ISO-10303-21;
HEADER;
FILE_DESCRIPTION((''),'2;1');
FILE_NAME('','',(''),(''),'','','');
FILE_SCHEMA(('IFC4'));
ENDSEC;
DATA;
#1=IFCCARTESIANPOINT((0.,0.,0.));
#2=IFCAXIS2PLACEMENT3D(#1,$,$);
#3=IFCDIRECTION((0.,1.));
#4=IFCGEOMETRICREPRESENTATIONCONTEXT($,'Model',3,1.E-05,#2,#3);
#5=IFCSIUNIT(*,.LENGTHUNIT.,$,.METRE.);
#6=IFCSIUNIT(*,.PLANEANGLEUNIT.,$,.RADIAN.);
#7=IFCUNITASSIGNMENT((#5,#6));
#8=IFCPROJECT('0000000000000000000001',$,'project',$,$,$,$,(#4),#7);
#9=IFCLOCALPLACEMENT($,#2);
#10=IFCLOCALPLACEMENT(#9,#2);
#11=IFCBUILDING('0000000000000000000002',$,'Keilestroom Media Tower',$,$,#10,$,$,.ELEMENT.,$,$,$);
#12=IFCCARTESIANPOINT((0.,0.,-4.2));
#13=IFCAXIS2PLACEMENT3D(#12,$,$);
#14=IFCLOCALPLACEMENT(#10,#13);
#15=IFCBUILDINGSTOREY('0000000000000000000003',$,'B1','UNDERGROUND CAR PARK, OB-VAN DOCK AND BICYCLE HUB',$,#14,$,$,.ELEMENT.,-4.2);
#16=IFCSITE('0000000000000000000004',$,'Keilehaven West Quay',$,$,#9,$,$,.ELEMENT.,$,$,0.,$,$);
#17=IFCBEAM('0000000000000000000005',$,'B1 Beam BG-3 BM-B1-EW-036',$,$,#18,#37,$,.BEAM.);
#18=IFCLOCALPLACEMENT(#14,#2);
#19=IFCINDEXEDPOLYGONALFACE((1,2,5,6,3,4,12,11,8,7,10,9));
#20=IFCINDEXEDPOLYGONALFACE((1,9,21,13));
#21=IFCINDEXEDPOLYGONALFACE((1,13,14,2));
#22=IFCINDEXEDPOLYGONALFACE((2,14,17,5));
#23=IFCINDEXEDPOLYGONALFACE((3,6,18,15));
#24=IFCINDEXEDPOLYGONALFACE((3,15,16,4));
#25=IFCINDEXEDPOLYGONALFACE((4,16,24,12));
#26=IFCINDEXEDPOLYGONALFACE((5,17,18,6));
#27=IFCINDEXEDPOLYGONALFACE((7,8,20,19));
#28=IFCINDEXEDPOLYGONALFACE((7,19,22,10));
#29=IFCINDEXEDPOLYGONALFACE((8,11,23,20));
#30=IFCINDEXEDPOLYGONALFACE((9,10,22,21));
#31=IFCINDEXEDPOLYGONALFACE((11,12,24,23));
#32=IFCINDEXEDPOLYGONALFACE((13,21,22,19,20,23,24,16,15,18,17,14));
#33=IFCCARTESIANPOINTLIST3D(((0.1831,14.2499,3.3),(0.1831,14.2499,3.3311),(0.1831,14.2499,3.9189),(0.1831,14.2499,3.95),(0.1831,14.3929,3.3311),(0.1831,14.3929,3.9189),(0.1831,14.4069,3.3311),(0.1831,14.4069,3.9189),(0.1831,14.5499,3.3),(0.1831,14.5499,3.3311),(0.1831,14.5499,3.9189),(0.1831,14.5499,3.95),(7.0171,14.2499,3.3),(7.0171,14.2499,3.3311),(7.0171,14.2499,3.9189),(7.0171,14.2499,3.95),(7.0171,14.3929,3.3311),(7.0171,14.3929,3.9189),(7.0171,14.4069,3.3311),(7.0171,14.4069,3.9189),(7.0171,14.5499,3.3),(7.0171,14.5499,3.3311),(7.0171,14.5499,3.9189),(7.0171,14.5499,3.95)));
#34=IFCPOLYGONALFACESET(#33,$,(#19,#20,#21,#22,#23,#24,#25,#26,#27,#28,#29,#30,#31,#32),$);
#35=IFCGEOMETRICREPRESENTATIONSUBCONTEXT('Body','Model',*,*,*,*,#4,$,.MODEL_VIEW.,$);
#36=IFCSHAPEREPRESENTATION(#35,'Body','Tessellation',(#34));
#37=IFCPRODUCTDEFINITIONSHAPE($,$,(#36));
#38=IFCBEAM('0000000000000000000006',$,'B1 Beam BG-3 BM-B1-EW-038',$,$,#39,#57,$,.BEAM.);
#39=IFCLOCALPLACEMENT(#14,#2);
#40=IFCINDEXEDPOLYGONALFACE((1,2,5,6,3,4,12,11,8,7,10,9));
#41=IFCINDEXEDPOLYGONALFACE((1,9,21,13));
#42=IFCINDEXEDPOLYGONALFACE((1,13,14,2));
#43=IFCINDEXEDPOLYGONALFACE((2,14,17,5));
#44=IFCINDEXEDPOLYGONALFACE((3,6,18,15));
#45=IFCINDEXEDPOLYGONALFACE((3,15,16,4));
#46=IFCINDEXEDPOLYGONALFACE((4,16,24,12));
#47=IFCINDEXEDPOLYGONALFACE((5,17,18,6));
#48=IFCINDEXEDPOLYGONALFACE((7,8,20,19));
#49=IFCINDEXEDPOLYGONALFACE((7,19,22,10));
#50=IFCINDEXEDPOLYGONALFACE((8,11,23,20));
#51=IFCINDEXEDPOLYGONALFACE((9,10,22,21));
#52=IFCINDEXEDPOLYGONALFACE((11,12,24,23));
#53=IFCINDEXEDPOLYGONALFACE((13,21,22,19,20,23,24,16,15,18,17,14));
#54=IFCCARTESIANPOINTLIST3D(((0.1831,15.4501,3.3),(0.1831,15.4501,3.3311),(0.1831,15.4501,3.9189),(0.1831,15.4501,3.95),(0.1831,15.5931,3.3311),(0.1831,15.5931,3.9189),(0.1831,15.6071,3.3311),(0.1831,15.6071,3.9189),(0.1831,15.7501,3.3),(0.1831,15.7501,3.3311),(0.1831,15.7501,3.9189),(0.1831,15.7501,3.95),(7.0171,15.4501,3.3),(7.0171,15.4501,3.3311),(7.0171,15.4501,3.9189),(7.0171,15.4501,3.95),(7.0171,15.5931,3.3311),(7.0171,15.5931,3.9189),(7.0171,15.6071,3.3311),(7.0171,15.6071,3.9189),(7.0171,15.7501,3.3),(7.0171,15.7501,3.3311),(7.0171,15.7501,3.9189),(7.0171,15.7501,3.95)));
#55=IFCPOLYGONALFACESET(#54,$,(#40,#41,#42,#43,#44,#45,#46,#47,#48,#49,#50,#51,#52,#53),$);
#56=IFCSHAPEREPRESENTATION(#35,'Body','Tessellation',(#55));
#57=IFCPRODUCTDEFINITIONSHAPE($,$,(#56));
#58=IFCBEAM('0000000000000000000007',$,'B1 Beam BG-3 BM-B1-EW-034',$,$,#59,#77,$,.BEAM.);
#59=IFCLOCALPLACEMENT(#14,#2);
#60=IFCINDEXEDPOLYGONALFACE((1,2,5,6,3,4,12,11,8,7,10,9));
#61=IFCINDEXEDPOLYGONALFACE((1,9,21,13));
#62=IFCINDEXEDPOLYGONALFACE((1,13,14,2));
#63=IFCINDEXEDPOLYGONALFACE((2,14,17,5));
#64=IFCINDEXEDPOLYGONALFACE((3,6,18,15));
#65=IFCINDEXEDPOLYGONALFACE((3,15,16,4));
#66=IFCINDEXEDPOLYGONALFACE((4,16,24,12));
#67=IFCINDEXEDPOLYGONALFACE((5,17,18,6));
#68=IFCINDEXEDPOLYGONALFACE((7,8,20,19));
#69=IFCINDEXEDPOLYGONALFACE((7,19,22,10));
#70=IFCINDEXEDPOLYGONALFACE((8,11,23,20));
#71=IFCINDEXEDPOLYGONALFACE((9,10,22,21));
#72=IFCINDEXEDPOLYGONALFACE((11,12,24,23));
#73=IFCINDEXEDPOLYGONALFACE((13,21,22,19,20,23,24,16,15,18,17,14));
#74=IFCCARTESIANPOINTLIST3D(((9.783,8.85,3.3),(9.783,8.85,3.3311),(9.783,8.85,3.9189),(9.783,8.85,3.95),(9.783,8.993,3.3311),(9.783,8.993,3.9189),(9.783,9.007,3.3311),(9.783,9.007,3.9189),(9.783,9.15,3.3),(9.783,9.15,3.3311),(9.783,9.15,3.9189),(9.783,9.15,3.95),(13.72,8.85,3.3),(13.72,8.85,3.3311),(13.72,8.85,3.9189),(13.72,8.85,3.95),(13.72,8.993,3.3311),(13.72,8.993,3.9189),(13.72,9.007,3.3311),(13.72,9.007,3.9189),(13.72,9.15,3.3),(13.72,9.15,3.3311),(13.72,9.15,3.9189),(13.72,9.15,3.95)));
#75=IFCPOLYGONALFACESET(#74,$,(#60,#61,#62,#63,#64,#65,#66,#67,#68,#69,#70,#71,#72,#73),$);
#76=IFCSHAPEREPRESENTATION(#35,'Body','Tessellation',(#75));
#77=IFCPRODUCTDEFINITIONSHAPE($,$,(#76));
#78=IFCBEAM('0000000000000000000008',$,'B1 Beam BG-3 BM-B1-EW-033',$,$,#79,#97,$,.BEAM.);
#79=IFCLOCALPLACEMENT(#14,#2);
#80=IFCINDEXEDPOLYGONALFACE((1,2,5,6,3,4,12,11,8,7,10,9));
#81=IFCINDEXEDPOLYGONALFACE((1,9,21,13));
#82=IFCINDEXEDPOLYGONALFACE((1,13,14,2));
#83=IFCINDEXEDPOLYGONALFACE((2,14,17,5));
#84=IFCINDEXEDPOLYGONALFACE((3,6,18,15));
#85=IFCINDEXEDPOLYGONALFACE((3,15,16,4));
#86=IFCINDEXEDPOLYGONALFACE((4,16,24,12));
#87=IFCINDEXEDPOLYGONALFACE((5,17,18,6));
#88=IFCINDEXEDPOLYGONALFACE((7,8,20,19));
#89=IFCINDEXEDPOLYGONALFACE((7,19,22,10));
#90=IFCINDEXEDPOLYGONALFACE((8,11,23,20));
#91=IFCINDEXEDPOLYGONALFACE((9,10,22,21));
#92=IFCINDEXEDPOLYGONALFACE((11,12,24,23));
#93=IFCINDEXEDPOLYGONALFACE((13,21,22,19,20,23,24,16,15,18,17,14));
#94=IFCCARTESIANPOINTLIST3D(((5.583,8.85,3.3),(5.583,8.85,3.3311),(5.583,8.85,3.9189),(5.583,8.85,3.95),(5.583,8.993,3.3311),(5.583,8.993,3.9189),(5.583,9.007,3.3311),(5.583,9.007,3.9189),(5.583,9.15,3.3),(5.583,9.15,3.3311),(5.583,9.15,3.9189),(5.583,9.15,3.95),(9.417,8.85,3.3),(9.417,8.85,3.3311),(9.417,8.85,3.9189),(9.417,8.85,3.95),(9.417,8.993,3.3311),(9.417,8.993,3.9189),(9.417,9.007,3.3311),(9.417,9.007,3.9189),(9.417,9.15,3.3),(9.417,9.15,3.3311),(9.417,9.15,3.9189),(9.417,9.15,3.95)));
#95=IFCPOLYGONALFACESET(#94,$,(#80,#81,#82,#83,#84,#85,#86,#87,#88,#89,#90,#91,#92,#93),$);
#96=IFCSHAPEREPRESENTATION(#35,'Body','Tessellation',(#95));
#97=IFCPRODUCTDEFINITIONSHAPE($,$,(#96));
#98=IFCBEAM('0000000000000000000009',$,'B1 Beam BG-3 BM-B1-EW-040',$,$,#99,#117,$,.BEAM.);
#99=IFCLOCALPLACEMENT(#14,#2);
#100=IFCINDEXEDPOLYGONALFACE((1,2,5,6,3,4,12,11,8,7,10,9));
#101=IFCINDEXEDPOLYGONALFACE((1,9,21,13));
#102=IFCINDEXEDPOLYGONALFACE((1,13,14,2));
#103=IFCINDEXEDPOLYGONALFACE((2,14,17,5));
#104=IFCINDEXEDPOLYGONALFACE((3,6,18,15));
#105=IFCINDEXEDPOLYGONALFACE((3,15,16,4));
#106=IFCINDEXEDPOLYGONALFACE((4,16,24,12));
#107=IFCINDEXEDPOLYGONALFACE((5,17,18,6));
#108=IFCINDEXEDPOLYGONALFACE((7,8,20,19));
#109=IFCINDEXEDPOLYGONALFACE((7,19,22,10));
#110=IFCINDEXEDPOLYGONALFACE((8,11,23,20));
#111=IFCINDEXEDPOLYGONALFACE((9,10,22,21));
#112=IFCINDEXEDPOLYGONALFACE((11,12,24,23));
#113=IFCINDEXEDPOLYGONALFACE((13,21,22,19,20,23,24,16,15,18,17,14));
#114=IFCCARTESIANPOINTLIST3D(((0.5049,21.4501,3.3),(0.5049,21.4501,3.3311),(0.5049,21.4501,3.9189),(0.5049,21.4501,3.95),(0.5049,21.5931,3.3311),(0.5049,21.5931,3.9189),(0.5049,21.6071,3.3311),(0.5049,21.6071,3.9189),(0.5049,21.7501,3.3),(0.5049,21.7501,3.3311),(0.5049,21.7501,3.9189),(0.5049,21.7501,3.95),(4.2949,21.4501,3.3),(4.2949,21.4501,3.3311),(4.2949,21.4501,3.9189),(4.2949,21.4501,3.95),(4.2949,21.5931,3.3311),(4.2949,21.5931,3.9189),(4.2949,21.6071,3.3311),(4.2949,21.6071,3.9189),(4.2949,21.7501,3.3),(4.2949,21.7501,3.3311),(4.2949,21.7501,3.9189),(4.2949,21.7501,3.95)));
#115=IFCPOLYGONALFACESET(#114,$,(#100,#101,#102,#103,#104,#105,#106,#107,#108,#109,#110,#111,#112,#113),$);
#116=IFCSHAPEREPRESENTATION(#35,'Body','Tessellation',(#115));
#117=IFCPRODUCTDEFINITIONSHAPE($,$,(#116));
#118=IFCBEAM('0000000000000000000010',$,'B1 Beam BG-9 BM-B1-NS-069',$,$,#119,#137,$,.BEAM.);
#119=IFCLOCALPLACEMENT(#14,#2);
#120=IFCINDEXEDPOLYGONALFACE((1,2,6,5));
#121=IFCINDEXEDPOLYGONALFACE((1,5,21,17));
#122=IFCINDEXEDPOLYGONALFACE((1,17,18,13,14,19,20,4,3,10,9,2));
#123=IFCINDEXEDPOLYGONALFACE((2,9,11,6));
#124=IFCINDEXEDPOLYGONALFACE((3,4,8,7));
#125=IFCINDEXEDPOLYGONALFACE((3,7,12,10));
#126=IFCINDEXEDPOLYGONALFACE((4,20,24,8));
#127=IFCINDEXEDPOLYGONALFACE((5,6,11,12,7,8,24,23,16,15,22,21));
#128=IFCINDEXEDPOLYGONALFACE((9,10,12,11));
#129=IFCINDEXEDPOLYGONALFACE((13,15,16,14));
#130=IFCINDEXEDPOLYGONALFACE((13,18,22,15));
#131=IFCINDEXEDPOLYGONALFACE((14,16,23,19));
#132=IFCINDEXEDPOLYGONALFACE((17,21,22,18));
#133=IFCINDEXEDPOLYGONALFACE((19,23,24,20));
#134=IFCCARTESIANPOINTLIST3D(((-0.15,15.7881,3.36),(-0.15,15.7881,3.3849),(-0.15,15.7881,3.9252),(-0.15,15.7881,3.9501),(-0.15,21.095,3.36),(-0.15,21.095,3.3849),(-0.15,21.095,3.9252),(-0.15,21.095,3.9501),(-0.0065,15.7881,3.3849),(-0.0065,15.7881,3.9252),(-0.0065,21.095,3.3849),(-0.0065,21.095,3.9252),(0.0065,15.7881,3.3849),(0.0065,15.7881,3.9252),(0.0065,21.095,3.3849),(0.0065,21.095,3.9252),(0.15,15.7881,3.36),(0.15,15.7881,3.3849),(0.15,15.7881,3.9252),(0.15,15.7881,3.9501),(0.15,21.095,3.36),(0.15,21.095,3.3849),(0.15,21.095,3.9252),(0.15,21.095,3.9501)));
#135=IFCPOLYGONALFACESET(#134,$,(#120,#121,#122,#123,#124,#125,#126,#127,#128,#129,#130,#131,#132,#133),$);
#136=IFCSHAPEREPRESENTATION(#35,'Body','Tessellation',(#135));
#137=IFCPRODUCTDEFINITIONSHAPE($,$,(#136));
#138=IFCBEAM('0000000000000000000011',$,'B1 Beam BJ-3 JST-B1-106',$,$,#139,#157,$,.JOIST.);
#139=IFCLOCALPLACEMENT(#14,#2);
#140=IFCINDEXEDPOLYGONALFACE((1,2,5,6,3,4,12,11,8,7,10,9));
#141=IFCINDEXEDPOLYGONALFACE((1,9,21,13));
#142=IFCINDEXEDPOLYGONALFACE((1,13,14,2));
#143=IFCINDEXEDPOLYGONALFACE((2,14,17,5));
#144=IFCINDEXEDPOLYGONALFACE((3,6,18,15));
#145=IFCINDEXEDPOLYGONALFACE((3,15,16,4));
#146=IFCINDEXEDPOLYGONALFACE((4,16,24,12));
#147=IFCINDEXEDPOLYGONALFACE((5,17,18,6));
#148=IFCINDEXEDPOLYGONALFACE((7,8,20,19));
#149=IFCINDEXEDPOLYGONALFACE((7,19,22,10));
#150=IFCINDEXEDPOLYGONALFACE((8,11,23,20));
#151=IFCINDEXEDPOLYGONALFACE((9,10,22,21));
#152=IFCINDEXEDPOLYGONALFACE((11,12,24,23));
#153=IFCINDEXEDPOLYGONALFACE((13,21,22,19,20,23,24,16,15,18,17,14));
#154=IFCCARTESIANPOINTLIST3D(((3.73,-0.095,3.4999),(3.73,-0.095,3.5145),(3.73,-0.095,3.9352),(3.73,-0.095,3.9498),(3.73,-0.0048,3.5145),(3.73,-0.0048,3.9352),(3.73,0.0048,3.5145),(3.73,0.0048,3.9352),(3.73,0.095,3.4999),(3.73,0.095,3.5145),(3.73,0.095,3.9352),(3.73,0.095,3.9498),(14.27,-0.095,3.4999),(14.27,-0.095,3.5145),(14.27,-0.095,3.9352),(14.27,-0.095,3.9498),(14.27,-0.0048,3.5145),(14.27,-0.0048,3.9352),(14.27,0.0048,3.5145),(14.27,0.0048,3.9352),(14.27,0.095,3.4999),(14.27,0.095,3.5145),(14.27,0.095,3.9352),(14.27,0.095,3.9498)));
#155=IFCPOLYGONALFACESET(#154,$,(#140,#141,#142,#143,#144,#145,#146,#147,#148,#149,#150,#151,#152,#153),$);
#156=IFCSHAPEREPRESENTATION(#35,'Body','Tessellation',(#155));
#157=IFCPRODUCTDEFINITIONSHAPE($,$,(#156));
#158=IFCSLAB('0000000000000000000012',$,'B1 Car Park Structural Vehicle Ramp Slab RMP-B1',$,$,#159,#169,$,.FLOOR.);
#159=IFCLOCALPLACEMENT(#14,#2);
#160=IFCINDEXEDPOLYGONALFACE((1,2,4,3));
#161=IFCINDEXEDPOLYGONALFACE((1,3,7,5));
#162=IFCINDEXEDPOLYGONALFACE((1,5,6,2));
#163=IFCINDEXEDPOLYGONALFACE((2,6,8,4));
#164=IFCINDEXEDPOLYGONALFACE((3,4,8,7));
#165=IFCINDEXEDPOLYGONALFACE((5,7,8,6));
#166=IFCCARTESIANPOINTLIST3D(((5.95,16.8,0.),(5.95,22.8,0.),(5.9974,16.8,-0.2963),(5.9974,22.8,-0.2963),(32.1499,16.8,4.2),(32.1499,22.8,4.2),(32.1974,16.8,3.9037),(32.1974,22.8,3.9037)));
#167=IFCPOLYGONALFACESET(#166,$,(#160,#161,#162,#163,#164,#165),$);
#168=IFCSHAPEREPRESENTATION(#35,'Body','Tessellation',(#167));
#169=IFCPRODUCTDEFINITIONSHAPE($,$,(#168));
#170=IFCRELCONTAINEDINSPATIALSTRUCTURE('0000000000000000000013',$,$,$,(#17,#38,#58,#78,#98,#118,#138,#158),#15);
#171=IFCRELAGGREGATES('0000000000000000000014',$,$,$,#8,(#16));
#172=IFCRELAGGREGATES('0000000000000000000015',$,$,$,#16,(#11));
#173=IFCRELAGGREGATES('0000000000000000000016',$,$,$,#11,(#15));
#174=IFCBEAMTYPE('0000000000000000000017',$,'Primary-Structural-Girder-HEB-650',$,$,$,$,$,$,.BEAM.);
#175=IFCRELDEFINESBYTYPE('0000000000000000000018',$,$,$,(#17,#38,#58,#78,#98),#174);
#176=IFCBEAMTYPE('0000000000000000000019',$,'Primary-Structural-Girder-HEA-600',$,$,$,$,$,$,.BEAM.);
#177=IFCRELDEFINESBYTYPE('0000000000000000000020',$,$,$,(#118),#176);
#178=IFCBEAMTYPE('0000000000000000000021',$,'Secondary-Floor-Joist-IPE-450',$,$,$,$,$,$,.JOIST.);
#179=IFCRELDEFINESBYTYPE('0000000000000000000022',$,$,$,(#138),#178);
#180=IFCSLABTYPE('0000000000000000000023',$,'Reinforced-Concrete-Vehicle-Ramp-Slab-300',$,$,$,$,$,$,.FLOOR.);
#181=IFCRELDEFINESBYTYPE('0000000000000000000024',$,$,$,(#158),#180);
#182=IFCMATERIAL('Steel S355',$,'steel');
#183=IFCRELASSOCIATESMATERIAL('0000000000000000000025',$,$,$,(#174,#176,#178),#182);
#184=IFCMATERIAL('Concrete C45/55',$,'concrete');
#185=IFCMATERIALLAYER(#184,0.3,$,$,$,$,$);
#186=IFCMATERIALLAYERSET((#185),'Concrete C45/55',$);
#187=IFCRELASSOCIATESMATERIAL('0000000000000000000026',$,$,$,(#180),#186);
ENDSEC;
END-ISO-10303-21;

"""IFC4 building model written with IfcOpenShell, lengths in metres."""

from ifc_helpers import new_model, si_unit, direction, frame, origin, origin_2d, place, context, subcontext, project, spatial, polyline, i_section, outline, extrude, source, transform, mapped, material, layer, layer_set, material_profile, profile_set, type_object, element, save


model = new_model("IFC4")

# Units and contexts
model_context = context("Model", 3, precision=1e-05, world=origin(), true_north=direction((0.0, 1.0)))
body_context = subcontext(model_context, "Body", "Model", "MODEL_VIEW")
ifc_project = project(units=[si_unit("LENGTHUNIT", "METRE"), si_unit("PLANEANGLEUNIT", "RADIAN")], contexts=[model_context])

# Site, building, storey
site_placement = place(None, origin())
site = spatial("IfcSite", under=ifc_project, at=site_placement, Name="Keilehaven West Quay", CompositionType="ELEMENT", RefElevation=0.0)
building_placement = place(site_placement, origin())
building = spatial("IfcBuilding", under=site, at=building_placement, Name="Keilestroom Media Tower", CompositionType="ELEMENT")
storey_placement = place(building_placement, frame((0.0, 0.0, -4.2)))
storey = spatial("IfcBuildingStorey", under=building, at=storey_placement, Name="B1", Description="UNDERGROUND CAR PARK, OB-VAN DOCK AND BICYCLE HUB", CompositionType="ELEMENT", Elevation=-4.2)

# Beams
ifc_material_1 = material(Name="Steel S355", Category="steel")
ifc_material_profile_1 = material_profile(ifc_material_1, i_section(OverallWidth=0.3, OverallDepth=0.6499, WebThickness=0.0139, FlangeThickness=0.031, at=origin_2d()), Name="HEB 650")
ifc_profile_set_1 = profile_set([ifc_material_profile_1], Name="Steel S355")
beam_type_1 = type_object("IfcBeamType", Name="Primary-Structural-Girder-HEB-650", PredefinedType="BEAM", material=ifc_profile_set_1)
shared_shape_1 = source(origin(), body_context, "Body", "SweptSolid", [
    extrude(i_section(OverallWidth=0.3, OverallDepth=0.6499, WebThickness=0.0139, FlangeThickness=0.031, at=origin_2d()), origin(), (0.0, 0.0, 1.0), 6.834),
])
for number, where, z_axis, x_axis, name in (
    (1, (0.1831, 14.3999, 3.625), (1.0, 0.0, 0.0), (0.0, 1.0, 0.0), "B1 Beam BG-3 BM-B1-EW-036"),
    (2, (0.1831, 15.6001, 3.625), (1.0, 0.0, 0.0), (0.0, 1.0, 0.0), "B1 Beam BG-3 BM-B1-EW-038"),
):
    element("IfcBeam", number, at=place(storey_placement, frame(where, z_axis=z_axis, x_axis=x_axis)), inside=storey, type_object=beam_type_1, Name=name, PredefinedType="BEAM", context=body_context, shape_type="MappedRepresentation", body=[
        mapped(shared_shape_1, transform((0.0, 0.0, 0.0), x_axis=(1.0, 0.0, 0.0), y_axis=(0.0, 1.0, 0.0), z_axis=(0.0, 0.0, 1.0), scale=1.0)),
    ])
shared_shape_2 = source(origin(), body_context, "Body", "SweptSolid", [
    extrude(i_section(OverallWidth=0.3, OverallDepth=0.6499, WebThickness=0.0139, FlangeThickness=0.031, at=origin_2d()), origin(), (0.0, 0.0, 1.0), 3.937),
])
beam_1_placement = place(storey_placement, frame((9.783, 9.0, 3.625), z_axis=(1.0, 0.0, 0.0), x_axis=(0.0, 1.0, 0.0)))
element("IfcBeam", 3, at=beam_1_placement, inside=storey, type_object=beam_type_1, Name="B1 Beam BG-3 BM-B1-EW-034", PredefinedType="BEAM", context=body_context, shape_type="MappedRepresentation", body=[
    mapped(shared_shape_2, transform((0.0, 0.0, 0.0), x_axis=(1.0, 0.0, 0.0), y_axis=(0.0, 1.0, 0.0), z_axis=(0.0, 0.0, 1.0), scale=1.0)),
])
shared_shape_3 = source(origin(), body_context, "Body", "SweptSolid", [
    extrude(i_section(OverallWidth=0.3, OverallDepth=0.6499, WebThickness=0.0139, FlangeThickness=0.031, at=origin_2d()), origin(), (0.0, 0.0, 1.0), 3.834),
])
beam_2_placement = place(storey_placement, frame((5.583, 9.0, 3.625), z_axis=(1.0, 0.0, 0.0), x_axis=(0.0, 1.0, 0.0)))
element("IfcBeam", 4, at=beam_2_placement, inside=storey, type_object=beam_type_1, Name="B1 Beam BG-3 BM-B1-EW-033", PredefinedType="BEAM", context=body_context, shape_type="MappedRepresentation", body=[
    mapped(shared_shape_3, transform((0.0, 0.0, 0.0), x_axis=(1.0, 0.0, 0.0), y_axis=(0.0, 1.0, 0.0), z_axis=(0.0, 0.0, 1.0), scale=1.0)),
])
shared_shape_4 = source(origin(), body_context, "Body", "SweptSolid", [
    extrude(i_section(OverallWidth=0.3, OverallDepth=0.6499, WebThickness=0.0139, FlangeThickness=0.031, at=origin_2d()), origin(), (0.0, 0.0, 1.0), 3.79),
])
beam_3_placement = place(storey_placement, frame((0.5049, 21.6001, 3.625), z_axis=(1.0, 0.0, 0.0), x_axis=(0.0, 1.0, 0.0)))
element("IfcBeam", 5, at=beam_3_placement, inside=storey, type_object=beam_type_1, Name="B1 Beam BG-3 BM-B1-EW-040", PredefinedType="BEAM", context=body_context, shape_type="MappedRepresentation", body=[
    mapped(shared_shape_4, transform((0.0, 0.0, 0.0), x_axis=(1.0, 0.0, 0.0), y_axis=(0.0, 1.0, 0.0), z_axis=(0.0, 0.0, 1.0), scale=1.0)),
])
ifc_material_profile_2 = material_profile(ifc_material_1, i_section(OverallWidth=0.3, OverallDepth=0.5901, WebThickness=0.0129, FlangeThickness=0.0249, at=origin_2d()), Name="HEA 600")
ifc_profile_set_2 = profile_set([ifc_material_profile_2], Name="Steel S355")
beam_type_2 = type_object("IfcBeamType", Name="Primary-Structural-Girder-HEA-600", PredefinedType="BEAM", material=ifc_profile_set_2)
shared_shape_5 = source(origin(), body_context, "Body", "SweptSolid", [
    extrude(i_section(OverallWidth=0.3, OverallDepth=0.5901, WebThickness=0.0129, FlangeThickness=0.0249, at=origin_2d()), origin(), (0.0, 0.0, 1.0), 5.3069),
])
beam_4_placement = place(storey_placement, frame((0.0, 15.7881, 3.655), z_axis=(0.0, 1.0, 0.0), x_axis=(-1.0, 0.0, 0.0)))
element("IfcBeam", 6, at=beam_4_placement, inside=storey, type_object=beam_type_2, Name="B1 Beam BG-9 BM-B1-NS-069", PredefinedType="BEAM", context=body_context, shape_type="MappedRepresentation", body=[
    mapped(shared_shape_5, transform((0.0, 0.0, 0.0), x_axis=(1.0, 0.0, 0.0), y_axis=(0.0, 1.0, 0.0), z_axis=(0.0, 0.0, 1.0), scale=1.0)),
])
ifc_material_profile_3 = material_profile(ifc_material_1, i_section(OverallWidth=0.1899, OverallDepth=0.45, WebThickness=0.0095, FlangeThickness=0.0146, at=origin_2d()), Name="IPE 450")
ifc_profile_set_3 = profile_set([ifc_material_profile_3], Name="Steel S355")
beam_type_3 = type_object("IfcBeamType", Name="Secondary-Floor-Joist-IPE-450", PredefinedType="JOIST", material=ifc_profile_set_3)
shared_shape_6 = source(origin(), body_context, "Body", "SweptSolid", [
    extrude(i_section(OverallWidth=0.1899, OverallDepth=0.45, WebThickness=0.0095, FlangeThickness=0.0146, at=origin_2d()), origin(), (0.0, 0.0, 1.0), 10.54),
])
beam_5_placement = place(storey_placement, frame((3.73, 0.0, 3.7249), z_axis=(1.0, 0.0, 0.0), x_axis=(0.0, 1.0, 0.0)))
element("IfcBeam", 7, at=beam_5_placement, inside=storey, type_object=beam_type_3, Name="B1 Beam BJ-3 JST-B1-106", PredefinedType="JOIST", context=body_context, shape_type="MappedRepresentation", body=[
    mapped(shared_shape_6, transform((0.0, 0.0, 0.0), x_axis=(1.0, 0.0, 0.0), y_axis=(0.0, 1.0, 0.0), z_axis=(0.0, 0.0, 1.0), scale=1.0)),
])

# Slab
ifc_material_2 = material(Name="Concrete C45/55", Category="concrete")
ifc_layer_1 = layer(ifc_material_2, 0.3)
ifc_layer_set_1 = layer_set([ifc_layer_1], Name="Concrete C45/55")
slab_type_1 = type_object("IfcSlabType", Name="Reinforced-Concrete-Vehicle-Ramp-Slab-300", PredefinedType="FLOOR", material=ifc_layer_set_1)
slab_1_placement = place(storey_placement, frame((5.95, 16.8, 0.0), z_axis=(-0.158283, 0.0, 0.987394), x_axis=(0.987394, 0.0, 0.158283)))
element("IfcSlab", 8, at=slab_1_placement, inside=storey, type_object=slab_type_1, Name="B1 Car Park Structural Vehicle Ramp Slab RMP-B1", PredefinedType="FLOOR", context=body_context, shape_type="SweptSolid", body=[
    extrude(outline(polyline([(0.0, 0.0), (26.5344, 0.0), (26.5344, 6.0), (0.0, 6.0), (0.0, 0.0)])), origin(), (0.0, 0.0, -1.0), 0.3),
])

save(model, "model.ifc")
